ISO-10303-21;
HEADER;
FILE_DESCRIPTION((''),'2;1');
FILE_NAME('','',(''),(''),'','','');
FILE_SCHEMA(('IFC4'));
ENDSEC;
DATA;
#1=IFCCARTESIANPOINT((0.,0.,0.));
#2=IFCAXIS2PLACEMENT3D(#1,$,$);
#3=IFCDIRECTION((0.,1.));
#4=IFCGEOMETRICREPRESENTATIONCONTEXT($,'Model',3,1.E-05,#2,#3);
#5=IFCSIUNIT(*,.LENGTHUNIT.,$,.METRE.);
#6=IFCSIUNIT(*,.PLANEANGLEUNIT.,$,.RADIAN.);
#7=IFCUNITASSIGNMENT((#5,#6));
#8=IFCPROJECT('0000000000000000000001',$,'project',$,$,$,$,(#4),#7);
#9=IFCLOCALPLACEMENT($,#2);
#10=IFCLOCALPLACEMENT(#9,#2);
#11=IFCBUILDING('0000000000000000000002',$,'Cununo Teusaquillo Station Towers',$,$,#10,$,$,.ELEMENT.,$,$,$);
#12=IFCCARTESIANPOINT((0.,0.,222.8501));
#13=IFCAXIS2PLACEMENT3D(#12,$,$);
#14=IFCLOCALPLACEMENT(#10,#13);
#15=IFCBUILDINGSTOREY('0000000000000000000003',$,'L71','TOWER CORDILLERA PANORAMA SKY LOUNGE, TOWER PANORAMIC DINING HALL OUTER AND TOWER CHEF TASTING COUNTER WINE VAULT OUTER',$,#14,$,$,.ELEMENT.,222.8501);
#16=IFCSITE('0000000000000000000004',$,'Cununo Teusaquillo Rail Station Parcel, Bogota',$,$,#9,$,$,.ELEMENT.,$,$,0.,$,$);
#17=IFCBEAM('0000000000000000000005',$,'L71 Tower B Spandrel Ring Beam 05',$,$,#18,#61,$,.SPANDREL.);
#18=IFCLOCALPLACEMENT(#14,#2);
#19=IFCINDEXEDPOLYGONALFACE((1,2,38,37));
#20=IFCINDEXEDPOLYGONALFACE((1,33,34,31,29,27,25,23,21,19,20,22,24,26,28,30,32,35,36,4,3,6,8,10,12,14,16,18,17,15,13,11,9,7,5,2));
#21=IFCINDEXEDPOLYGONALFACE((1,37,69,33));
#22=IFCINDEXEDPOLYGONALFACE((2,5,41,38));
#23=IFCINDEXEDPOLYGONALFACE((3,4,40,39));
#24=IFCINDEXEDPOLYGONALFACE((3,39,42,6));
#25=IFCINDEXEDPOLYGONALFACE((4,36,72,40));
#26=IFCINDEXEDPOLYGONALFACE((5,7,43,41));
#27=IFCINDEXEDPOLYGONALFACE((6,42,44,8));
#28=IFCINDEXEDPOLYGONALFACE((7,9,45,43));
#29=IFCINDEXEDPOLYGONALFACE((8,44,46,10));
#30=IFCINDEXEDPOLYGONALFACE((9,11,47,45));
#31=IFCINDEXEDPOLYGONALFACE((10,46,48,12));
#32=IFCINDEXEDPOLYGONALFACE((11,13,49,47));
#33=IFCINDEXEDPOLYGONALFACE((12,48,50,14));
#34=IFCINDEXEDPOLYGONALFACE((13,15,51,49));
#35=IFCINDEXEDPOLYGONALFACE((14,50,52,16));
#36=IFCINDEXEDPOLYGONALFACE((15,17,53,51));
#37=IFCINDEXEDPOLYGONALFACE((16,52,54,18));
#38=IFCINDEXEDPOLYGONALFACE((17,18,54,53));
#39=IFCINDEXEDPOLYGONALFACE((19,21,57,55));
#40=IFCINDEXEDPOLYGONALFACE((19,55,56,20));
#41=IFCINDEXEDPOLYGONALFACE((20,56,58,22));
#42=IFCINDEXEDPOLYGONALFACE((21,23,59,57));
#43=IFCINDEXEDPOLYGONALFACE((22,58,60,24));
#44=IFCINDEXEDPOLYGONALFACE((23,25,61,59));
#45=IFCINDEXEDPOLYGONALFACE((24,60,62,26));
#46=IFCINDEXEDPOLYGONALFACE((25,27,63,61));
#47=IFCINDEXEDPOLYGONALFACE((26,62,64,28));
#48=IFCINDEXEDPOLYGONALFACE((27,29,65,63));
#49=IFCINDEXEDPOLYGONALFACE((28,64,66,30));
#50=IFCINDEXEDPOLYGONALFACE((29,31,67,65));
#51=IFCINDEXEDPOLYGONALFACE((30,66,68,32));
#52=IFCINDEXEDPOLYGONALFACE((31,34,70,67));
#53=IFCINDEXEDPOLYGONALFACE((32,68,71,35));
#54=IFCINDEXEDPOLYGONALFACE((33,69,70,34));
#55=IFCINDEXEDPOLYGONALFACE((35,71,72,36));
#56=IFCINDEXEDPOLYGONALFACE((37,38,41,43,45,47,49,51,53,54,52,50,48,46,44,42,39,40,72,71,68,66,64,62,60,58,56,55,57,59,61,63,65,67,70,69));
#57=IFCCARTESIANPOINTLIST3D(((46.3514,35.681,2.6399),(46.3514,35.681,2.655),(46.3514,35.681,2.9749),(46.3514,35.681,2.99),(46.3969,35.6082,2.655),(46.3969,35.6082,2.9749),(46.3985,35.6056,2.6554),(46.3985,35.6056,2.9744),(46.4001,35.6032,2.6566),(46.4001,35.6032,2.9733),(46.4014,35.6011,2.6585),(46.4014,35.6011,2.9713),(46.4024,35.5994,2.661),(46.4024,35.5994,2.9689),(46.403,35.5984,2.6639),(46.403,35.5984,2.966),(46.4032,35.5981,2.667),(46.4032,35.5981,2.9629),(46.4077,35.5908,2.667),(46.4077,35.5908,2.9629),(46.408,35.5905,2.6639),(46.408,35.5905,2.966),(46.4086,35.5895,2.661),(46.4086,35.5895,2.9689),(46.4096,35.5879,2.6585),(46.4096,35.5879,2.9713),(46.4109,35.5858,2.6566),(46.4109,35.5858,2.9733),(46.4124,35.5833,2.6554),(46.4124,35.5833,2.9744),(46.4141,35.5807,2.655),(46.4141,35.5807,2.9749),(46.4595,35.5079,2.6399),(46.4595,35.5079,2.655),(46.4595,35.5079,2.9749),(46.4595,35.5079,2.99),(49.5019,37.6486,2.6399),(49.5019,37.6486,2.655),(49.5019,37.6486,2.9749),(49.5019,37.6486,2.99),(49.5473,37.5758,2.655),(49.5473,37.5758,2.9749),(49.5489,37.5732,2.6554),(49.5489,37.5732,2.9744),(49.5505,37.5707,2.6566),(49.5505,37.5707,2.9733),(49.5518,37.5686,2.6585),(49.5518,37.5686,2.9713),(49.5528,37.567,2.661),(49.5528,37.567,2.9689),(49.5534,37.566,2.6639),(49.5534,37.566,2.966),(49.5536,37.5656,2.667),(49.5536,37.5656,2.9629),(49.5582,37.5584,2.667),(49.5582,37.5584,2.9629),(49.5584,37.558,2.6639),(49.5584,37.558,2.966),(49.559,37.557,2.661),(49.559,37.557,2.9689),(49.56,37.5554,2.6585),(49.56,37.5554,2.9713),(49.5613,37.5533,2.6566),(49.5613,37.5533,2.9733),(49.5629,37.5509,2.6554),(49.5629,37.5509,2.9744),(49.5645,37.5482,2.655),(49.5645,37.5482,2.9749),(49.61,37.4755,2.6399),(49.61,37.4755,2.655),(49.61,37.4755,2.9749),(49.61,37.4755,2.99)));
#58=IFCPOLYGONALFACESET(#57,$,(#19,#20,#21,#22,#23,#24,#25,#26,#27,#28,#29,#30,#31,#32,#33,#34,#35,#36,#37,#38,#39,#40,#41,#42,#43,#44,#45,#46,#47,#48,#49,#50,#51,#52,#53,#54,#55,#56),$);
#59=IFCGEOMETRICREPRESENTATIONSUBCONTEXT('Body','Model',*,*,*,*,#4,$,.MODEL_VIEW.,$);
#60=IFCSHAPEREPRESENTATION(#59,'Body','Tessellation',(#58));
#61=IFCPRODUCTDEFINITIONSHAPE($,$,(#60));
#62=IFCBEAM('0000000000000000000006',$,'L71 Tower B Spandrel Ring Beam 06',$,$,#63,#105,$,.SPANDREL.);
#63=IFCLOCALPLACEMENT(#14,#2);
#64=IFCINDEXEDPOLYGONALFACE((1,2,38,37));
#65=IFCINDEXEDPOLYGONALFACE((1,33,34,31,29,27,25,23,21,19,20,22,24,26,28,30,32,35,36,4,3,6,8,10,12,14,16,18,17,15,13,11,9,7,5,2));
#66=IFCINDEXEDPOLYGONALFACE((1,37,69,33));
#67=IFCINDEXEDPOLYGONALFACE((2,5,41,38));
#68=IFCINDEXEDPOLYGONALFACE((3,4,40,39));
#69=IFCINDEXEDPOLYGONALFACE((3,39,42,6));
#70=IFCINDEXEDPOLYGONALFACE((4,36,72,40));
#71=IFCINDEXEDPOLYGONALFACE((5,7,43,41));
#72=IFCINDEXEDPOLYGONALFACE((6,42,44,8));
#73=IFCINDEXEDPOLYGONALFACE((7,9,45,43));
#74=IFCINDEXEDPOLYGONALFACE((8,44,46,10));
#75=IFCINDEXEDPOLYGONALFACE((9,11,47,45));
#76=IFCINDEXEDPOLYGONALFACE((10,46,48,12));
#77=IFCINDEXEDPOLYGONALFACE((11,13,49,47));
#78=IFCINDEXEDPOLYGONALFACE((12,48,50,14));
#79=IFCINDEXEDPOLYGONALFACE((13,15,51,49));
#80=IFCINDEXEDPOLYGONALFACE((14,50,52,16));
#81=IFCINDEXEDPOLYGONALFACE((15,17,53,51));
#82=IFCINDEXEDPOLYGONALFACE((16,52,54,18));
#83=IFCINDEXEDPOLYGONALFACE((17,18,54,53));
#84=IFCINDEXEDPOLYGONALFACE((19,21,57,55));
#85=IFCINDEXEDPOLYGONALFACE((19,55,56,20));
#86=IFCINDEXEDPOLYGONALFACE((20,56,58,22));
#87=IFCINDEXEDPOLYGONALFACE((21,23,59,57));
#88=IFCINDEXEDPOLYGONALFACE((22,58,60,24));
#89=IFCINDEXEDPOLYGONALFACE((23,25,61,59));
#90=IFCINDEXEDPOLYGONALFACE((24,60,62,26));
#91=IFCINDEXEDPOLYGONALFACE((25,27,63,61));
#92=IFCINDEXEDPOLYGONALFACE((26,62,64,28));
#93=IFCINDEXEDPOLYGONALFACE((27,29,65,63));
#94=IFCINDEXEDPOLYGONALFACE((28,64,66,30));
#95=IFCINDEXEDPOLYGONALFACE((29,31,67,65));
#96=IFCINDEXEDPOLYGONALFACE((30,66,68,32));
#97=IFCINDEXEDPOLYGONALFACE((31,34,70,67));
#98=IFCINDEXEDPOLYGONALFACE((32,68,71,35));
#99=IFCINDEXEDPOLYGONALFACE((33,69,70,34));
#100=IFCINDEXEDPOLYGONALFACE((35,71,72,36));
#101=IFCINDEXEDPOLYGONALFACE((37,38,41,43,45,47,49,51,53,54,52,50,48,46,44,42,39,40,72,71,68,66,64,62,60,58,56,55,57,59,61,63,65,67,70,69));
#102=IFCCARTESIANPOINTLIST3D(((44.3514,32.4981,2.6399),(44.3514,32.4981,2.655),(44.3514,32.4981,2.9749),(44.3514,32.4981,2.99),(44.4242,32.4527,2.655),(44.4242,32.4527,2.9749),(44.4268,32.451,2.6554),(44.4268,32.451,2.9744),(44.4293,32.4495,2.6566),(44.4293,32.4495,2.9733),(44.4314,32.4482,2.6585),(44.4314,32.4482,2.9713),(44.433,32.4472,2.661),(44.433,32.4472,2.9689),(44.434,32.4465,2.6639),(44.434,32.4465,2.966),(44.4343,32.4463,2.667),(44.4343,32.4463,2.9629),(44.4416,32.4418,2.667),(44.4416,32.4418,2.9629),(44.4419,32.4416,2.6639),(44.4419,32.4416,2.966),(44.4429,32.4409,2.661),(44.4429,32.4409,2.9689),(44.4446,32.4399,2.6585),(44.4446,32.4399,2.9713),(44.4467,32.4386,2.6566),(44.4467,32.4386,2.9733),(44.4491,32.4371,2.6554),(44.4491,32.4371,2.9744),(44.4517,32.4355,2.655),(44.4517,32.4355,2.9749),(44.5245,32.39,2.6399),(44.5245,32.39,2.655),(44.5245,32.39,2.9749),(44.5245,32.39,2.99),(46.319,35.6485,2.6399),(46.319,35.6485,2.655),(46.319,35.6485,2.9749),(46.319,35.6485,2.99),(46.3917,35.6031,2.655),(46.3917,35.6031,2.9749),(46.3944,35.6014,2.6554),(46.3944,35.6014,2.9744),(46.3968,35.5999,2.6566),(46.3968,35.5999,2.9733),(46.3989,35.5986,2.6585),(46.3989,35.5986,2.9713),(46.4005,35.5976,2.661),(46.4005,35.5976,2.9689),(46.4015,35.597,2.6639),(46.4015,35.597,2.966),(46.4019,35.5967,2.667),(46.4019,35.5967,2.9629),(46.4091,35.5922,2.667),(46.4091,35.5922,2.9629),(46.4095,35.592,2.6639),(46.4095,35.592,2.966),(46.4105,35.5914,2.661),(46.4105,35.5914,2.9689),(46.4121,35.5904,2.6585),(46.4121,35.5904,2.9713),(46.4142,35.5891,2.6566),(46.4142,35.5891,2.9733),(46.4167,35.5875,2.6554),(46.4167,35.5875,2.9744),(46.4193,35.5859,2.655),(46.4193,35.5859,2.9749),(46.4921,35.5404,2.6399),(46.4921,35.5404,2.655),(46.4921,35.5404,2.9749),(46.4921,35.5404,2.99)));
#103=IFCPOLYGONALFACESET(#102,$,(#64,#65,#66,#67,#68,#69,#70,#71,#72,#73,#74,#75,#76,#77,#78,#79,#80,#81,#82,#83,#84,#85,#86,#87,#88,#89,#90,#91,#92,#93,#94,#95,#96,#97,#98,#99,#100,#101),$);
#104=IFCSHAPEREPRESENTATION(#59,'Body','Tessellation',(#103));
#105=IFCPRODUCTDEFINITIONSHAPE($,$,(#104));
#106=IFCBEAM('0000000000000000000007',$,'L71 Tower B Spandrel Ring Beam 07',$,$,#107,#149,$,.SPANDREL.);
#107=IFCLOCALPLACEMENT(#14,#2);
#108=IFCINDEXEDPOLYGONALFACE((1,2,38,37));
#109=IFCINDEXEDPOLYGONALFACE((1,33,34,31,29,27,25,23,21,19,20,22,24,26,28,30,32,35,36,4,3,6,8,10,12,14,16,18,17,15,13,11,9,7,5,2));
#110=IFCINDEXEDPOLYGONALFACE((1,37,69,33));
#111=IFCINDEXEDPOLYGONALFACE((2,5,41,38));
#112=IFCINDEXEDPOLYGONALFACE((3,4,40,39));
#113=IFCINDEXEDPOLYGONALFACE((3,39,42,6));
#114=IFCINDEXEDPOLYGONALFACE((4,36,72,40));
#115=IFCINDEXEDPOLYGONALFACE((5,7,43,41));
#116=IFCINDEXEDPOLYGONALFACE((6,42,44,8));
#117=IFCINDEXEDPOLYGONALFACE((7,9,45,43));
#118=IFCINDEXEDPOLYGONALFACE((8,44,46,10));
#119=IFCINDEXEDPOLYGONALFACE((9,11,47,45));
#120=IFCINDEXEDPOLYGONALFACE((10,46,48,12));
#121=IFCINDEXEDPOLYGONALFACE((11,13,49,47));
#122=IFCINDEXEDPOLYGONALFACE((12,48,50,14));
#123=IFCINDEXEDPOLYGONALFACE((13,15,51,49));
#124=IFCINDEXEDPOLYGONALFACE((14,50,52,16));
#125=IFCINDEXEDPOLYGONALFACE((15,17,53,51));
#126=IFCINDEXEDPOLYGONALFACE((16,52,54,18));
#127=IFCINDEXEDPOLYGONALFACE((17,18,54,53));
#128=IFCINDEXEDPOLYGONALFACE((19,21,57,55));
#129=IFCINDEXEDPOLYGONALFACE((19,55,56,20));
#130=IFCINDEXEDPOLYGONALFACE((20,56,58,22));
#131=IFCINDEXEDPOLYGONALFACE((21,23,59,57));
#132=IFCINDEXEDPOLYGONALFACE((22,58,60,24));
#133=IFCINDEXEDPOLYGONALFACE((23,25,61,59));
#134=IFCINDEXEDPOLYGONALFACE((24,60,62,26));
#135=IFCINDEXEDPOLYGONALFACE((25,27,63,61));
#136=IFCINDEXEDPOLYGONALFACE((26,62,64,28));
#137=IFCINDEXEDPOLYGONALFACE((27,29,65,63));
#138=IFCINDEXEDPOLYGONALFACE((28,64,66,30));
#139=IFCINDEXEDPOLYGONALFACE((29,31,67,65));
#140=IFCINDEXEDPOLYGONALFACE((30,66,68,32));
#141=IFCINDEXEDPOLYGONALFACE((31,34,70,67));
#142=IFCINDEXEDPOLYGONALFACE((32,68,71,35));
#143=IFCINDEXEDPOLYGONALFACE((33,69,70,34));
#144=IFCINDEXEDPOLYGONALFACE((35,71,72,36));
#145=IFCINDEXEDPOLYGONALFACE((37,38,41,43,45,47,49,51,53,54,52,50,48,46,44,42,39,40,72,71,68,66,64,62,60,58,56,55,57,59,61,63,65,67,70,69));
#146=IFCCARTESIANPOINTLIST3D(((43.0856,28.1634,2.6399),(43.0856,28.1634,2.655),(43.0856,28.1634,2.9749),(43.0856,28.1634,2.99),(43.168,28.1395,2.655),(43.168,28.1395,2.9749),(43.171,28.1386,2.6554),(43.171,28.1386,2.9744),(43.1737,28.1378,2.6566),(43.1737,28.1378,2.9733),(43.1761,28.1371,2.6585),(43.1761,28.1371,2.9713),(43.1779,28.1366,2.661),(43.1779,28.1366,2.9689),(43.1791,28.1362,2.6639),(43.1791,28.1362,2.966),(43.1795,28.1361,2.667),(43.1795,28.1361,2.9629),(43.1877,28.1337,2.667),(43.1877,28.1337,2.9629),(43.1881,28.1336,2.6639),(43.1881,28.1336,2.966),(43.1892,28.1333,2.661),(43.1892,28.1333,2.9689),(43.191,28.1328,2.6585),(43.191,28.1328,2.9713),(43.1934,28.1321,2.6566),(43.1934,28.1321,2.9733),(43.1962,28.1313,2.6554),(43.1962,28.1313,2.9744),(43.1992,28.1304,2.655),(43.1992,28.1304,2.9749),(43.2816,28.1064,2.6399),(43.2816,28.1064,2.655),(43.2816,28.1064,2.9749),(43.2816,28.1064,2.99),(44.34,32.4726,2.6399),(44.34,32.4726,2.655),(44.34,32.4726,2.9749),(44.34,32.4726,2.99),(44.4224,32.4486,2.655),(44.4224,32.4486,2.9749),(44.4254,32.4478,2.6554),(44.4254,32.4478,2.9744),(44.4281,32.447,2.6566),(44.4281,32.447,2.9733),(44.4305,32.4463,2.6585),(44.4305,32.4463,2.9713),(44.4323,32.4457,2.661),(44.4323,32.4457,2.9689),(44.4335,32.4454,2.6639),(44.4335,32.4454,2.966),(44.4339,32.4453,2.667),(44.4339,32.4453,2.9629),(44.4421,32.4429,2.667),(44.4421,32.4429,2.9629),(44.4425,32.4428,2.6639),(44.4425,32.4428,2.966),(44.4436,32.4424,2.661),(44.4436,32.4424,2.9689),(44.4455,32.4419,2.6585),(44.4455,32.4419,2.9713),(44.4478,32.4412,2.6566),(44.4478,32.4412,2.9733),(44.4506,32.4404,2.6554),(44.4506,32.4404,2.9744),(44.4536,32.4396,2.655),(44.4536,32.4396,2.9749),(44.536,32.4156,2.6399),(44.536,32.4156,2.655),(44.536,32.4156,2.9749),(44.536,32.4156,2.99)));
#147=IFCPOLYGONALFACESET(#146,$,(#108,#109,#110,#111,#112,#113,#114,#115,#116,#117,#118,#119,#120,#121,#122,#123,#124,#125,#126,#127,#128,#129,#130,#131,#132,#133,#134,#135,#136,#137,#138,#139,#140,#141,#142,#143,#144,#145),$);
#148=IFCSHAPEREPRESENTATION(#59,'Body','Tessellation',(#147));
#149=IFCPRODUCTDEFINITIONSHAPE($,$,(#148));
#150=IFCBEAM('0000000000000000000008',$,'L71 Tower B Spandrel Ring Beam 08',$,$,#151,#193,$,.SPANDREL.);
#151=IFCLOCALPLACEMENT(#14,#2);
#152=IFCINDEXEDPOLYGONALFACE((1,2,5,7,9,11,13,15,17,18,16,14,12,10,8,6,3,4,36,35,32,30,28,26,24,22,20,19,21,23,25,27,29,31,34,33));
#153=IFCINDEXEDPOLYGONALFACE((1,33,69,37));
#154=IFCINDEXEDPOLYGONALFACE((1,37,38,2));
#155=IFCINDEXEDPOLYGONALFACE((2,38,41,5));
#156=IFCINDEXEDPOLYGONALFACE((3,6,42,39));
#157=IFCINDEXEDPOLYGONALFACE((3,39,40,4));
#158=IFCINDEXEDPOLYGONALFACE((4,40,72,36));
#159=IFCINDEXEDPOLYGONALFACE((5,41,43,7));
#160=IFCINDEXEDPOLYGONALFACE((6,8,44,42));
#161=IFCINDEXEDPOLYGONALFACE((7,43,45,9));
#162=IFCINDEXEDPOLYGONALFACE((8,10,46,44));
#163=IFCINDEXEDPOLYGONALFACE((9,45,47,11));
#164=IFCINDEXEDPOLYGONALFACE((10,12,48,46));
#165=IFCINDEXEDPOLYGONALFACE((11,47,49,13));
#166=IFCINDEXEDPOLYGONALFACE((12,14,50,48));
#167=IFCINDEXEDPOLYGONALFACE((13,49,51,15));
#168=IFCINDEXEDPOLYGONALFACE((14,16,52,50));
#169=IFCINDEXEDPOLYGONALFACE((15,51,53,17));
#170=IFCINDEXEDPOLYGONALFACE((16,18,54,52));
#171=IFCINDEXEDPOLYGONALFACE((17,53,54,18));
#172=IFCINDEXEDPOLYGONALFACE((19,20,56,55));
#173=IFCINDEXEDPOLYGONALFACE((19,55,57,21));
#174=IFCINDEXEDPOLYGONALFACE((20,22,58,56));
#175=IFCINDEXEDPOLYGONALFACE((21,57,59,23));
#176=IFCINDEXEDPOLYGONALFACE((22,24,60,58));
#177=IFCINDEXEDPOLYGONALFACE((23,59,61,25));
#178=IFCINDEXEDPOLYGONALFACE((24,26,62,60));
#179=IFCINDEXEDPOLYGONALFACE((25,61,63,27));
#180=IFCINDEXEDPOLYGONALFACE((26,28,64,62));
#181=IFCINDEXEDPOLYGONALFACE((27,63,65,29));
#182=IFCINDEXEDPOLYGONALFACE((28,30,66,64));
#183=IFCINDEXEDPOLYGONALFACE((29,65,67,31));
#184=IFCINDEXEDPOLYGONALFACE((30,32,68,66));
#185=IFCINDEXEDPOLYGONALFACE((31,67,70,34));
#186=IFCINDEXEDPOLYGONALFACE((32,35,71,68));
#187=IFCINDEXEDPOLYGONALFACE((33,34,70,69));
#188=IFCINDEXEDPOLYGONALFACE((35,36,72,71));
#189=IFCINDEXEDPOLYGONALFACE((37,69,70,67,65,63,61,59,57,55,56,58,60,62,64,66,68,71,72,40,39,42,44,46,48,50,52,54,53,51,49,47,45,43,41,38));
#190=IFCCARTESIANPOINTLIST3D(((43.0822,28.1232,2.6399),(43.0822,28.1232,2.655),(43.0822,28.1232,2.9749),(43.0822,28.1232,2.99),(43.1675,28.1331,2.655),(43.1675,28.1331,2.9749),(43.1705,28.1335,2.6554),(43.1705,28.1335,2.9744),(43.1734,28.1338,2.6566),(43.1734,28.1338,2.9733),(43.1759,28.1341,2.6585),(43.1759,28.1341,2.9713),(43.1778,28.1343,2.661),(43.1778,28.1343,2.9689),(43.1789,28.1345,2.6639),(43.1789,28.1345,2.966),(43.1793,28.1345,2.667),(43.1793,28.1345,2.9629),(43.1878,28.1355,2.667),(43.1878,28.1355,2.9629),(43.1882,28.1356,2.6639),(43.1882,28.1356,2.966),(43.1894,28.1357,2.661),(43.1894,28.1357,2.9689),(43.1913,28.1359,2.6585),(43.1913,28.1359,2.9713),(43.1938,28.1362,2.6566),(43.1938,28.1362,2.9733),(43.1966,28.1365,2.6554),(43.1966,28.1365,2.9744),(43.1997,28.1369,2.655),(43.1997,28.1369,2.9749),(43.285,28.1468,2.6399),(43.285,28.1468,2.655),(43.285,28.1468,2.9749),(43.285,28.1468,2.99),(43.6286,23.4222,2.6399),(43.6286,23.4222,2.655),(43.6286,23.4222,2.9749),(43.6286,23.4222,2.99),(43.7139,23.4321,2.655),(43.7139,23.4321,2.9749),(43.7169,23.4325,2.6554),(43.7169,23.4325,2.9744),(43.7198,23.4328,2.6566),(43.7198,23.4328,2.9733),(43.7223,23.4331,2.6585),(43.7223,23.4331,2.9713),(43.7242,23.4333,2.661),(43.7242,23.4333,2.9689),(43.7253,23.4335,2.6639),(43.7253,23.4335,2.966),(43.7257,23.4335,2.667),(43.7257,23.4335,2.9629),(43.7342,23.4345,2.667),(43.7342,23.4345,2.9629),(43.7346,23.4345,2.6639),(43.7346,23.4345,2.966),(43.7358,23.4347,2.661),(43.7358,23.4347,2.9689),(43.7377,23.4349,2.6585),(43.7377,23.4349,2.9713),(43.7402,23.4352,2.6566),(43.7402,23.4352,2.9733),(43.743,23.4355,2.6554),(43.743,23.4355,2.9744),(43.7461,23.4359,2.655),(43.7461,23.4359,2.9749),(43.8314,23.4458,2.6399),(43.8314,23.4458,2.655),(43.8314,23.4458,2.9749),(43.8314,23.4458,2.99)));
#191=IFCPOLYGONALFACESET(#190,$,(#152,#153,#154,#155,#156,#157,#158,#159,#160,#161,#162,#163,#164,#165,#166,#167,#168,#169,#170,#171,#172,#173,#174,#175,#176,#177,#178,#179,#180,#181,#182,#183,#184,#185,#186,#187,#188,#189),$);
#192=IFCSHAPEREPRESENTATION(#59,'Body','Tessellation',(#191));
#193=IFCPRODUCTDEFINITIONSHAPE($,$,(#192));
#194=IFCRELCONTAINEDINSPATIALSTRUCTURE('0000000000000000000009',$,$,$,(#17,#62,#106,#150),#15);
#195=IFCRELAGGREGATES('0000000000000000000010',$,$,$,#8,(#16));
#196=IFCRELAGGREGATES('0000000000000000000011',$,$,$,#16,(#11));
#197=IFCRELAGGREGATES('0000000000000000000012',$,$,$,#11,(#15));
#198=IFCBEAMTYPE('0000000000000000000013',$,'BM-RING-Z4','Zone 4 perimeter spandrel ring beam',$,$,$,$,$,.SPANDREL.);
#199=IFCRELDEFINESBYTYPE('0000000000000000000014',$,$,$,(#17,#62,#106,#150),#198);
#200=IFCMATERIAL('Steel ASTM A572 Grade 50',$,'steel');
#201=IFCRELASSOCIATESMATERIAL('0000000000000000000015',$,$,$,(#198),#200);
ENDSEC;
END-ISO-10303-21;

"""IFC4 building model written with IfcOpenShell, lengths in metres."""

from ifc_helpers import new_model, si_unit, direction, frame, origin, origin_2d, place, context, subcontext, project, spatial, i_section, extrude, material, material_profile, profile_set, type_object, element, save


model = new_model("IFC4")

# Units and contexts
model_context = context("Model", 3, precision=1e-05, world=origin(), true_north=direction((0.0, 1.0)))
body_context = subcontext(model_context, "Body", "Model", "MODEL_VIEW")
ifc_project = project(units=[si_unit("LENGTHUNIT", "METRE"), si_unit("PLANEANGLEUNIT", "RADIAN")], contexts=[model_context])

# Site, building, storey
site_placement = place(None, origin())
site = spatial("IfcSite", under=ifc_project, at=site_placement, Name="Cununo Teusaquillo Rail Station Parcel, Bogota", CompositionType="ELEMENT", RefElevation=0.0)
building_placement = place(site_placement, origin())
building = spatial("IfcBuilding", under=site, at=building_placement, Name="Cununo Teusaquillo Station Towers", CompositionType="ELEMENT")
storey_placement = place(building_placement, frame((0.0, 0.0, 222.8501)))
storey = spatial("IfcBuildingStorey", under=building, at=storey_placement, Name="L71", Description="TOWER CORDILLERA PANORAMA SKY LOUNGE, TOWER PANORAMIC DINING HALL OUTER AND TOWER CHEF TASTING COUNTER WINE VAULT OUTER", CompositionType="ELEMENT", Elevation=222.8501)

# Beams
ifc_material_1 = material(Name="Steel ASTM A572 Grade 50", Category="steel")
ifc_material_profile_1 = material_profile(ifc_material_1, i_section(OverallWidth=0.2041, OverallDepth=0.3501, WebThickness=0.0085, FlangeThickness=0.0151, FilletRadius=0.012, at=origin_2d()), Name="W14X48")
ifc_profile_set_1 = profile_set([ifc_material_profile_1], Name="Steel ASTM A572 Grade 50")
beam_type_1 = type_object("IfcBeamType", Name="BM-RING-Z4", Description="Zone 4 perimeter spandrel ring beam", PredefinedType="SPANDREL", material=ifc_profile_set_1)
for number, where, z_axis, x_axis, name in (
    (1, (49.5559, 37.562, 2.8149), (-0.848176, -0.529715, 0.0), (0.529715, -0.848176, 0.0), "L71 Tower B Spandrel Ring Beam 05"),
    (2, (46.4055, 35.5945, 2.8149), (-0.529715, -0.848176, 0.0), (0.848176, -0.529715, 0.0), "L71 Tower B Spandrel Ring Beam 06"),
):
    element("IfcBeam", number, at=place(storey_placement, frame(where, z_axis=z_axis, x_axis=x_axis)), inside=storey, type_object=beam_type_1, Name=name, PredefinedType="SPANDREL", context=body_context, shape_type="SweptSolid", body=[
        extrude(i_section(OverallWidth=0.2041, OverallDepth=0.3501, WebThickness=0.0085, FlangeThickness=0.0151, FilletRadius=0.012, at=origin_2d()), origin(), (0.0, 0.0, 1.0), 3.7144),
    ])
beam_1_placement = place(storey_placement, frame((44.438, 32.4441, 2.8149), z_axis=(-0.279503, -0.960145, 0.0), x_axis=(0.960145, -0.279503, 0.0)))
element("IfcBeam", 3, at=beam_1_placement, inside=storey, type_object=beam_type_1, Name="L71 Tower B Spandrel Ring Beam 07", PredefinedType="SPANDREL", context=body_context, shape_type="SweptSolid", body=[
    extrude(i_section(OverallWidth=0.2041, OverallDepth=0.3501, WebThickness=0.0085, FlangeThickness=0.0151, FilletRadius=0.012, at=origin_2d()), origin(), (0.0, 0.0, 1.0), 4.488),
])
beam_2_placement = place(storey_placement, frame((43.1836, 28.135, 2.8149), z_axis=(0.115452, -0.993313, 0.0), x_axis=(0.993313, 0.115452, 0.0)))
element("IfcBeam", 4, at=beam_2_placement, inside=storey, type_object=beam_type_1, Name="L71 Tower B Spandrel Ring Beam 08", PredefinedType="SPANDREL", context=body_context, shape_type="SweptSolid", body=[
    extrude(i_section(OverallWidth=0.2041, OverallDepth=0.3501, WebThickness=0.0085, FlangeThickness=0.0151, FilletRadius=0.012, at=origin_2d()), origin(), (0.0, 0.0, 1.0), 4.7327),
])

save(model, "model.ifc")
